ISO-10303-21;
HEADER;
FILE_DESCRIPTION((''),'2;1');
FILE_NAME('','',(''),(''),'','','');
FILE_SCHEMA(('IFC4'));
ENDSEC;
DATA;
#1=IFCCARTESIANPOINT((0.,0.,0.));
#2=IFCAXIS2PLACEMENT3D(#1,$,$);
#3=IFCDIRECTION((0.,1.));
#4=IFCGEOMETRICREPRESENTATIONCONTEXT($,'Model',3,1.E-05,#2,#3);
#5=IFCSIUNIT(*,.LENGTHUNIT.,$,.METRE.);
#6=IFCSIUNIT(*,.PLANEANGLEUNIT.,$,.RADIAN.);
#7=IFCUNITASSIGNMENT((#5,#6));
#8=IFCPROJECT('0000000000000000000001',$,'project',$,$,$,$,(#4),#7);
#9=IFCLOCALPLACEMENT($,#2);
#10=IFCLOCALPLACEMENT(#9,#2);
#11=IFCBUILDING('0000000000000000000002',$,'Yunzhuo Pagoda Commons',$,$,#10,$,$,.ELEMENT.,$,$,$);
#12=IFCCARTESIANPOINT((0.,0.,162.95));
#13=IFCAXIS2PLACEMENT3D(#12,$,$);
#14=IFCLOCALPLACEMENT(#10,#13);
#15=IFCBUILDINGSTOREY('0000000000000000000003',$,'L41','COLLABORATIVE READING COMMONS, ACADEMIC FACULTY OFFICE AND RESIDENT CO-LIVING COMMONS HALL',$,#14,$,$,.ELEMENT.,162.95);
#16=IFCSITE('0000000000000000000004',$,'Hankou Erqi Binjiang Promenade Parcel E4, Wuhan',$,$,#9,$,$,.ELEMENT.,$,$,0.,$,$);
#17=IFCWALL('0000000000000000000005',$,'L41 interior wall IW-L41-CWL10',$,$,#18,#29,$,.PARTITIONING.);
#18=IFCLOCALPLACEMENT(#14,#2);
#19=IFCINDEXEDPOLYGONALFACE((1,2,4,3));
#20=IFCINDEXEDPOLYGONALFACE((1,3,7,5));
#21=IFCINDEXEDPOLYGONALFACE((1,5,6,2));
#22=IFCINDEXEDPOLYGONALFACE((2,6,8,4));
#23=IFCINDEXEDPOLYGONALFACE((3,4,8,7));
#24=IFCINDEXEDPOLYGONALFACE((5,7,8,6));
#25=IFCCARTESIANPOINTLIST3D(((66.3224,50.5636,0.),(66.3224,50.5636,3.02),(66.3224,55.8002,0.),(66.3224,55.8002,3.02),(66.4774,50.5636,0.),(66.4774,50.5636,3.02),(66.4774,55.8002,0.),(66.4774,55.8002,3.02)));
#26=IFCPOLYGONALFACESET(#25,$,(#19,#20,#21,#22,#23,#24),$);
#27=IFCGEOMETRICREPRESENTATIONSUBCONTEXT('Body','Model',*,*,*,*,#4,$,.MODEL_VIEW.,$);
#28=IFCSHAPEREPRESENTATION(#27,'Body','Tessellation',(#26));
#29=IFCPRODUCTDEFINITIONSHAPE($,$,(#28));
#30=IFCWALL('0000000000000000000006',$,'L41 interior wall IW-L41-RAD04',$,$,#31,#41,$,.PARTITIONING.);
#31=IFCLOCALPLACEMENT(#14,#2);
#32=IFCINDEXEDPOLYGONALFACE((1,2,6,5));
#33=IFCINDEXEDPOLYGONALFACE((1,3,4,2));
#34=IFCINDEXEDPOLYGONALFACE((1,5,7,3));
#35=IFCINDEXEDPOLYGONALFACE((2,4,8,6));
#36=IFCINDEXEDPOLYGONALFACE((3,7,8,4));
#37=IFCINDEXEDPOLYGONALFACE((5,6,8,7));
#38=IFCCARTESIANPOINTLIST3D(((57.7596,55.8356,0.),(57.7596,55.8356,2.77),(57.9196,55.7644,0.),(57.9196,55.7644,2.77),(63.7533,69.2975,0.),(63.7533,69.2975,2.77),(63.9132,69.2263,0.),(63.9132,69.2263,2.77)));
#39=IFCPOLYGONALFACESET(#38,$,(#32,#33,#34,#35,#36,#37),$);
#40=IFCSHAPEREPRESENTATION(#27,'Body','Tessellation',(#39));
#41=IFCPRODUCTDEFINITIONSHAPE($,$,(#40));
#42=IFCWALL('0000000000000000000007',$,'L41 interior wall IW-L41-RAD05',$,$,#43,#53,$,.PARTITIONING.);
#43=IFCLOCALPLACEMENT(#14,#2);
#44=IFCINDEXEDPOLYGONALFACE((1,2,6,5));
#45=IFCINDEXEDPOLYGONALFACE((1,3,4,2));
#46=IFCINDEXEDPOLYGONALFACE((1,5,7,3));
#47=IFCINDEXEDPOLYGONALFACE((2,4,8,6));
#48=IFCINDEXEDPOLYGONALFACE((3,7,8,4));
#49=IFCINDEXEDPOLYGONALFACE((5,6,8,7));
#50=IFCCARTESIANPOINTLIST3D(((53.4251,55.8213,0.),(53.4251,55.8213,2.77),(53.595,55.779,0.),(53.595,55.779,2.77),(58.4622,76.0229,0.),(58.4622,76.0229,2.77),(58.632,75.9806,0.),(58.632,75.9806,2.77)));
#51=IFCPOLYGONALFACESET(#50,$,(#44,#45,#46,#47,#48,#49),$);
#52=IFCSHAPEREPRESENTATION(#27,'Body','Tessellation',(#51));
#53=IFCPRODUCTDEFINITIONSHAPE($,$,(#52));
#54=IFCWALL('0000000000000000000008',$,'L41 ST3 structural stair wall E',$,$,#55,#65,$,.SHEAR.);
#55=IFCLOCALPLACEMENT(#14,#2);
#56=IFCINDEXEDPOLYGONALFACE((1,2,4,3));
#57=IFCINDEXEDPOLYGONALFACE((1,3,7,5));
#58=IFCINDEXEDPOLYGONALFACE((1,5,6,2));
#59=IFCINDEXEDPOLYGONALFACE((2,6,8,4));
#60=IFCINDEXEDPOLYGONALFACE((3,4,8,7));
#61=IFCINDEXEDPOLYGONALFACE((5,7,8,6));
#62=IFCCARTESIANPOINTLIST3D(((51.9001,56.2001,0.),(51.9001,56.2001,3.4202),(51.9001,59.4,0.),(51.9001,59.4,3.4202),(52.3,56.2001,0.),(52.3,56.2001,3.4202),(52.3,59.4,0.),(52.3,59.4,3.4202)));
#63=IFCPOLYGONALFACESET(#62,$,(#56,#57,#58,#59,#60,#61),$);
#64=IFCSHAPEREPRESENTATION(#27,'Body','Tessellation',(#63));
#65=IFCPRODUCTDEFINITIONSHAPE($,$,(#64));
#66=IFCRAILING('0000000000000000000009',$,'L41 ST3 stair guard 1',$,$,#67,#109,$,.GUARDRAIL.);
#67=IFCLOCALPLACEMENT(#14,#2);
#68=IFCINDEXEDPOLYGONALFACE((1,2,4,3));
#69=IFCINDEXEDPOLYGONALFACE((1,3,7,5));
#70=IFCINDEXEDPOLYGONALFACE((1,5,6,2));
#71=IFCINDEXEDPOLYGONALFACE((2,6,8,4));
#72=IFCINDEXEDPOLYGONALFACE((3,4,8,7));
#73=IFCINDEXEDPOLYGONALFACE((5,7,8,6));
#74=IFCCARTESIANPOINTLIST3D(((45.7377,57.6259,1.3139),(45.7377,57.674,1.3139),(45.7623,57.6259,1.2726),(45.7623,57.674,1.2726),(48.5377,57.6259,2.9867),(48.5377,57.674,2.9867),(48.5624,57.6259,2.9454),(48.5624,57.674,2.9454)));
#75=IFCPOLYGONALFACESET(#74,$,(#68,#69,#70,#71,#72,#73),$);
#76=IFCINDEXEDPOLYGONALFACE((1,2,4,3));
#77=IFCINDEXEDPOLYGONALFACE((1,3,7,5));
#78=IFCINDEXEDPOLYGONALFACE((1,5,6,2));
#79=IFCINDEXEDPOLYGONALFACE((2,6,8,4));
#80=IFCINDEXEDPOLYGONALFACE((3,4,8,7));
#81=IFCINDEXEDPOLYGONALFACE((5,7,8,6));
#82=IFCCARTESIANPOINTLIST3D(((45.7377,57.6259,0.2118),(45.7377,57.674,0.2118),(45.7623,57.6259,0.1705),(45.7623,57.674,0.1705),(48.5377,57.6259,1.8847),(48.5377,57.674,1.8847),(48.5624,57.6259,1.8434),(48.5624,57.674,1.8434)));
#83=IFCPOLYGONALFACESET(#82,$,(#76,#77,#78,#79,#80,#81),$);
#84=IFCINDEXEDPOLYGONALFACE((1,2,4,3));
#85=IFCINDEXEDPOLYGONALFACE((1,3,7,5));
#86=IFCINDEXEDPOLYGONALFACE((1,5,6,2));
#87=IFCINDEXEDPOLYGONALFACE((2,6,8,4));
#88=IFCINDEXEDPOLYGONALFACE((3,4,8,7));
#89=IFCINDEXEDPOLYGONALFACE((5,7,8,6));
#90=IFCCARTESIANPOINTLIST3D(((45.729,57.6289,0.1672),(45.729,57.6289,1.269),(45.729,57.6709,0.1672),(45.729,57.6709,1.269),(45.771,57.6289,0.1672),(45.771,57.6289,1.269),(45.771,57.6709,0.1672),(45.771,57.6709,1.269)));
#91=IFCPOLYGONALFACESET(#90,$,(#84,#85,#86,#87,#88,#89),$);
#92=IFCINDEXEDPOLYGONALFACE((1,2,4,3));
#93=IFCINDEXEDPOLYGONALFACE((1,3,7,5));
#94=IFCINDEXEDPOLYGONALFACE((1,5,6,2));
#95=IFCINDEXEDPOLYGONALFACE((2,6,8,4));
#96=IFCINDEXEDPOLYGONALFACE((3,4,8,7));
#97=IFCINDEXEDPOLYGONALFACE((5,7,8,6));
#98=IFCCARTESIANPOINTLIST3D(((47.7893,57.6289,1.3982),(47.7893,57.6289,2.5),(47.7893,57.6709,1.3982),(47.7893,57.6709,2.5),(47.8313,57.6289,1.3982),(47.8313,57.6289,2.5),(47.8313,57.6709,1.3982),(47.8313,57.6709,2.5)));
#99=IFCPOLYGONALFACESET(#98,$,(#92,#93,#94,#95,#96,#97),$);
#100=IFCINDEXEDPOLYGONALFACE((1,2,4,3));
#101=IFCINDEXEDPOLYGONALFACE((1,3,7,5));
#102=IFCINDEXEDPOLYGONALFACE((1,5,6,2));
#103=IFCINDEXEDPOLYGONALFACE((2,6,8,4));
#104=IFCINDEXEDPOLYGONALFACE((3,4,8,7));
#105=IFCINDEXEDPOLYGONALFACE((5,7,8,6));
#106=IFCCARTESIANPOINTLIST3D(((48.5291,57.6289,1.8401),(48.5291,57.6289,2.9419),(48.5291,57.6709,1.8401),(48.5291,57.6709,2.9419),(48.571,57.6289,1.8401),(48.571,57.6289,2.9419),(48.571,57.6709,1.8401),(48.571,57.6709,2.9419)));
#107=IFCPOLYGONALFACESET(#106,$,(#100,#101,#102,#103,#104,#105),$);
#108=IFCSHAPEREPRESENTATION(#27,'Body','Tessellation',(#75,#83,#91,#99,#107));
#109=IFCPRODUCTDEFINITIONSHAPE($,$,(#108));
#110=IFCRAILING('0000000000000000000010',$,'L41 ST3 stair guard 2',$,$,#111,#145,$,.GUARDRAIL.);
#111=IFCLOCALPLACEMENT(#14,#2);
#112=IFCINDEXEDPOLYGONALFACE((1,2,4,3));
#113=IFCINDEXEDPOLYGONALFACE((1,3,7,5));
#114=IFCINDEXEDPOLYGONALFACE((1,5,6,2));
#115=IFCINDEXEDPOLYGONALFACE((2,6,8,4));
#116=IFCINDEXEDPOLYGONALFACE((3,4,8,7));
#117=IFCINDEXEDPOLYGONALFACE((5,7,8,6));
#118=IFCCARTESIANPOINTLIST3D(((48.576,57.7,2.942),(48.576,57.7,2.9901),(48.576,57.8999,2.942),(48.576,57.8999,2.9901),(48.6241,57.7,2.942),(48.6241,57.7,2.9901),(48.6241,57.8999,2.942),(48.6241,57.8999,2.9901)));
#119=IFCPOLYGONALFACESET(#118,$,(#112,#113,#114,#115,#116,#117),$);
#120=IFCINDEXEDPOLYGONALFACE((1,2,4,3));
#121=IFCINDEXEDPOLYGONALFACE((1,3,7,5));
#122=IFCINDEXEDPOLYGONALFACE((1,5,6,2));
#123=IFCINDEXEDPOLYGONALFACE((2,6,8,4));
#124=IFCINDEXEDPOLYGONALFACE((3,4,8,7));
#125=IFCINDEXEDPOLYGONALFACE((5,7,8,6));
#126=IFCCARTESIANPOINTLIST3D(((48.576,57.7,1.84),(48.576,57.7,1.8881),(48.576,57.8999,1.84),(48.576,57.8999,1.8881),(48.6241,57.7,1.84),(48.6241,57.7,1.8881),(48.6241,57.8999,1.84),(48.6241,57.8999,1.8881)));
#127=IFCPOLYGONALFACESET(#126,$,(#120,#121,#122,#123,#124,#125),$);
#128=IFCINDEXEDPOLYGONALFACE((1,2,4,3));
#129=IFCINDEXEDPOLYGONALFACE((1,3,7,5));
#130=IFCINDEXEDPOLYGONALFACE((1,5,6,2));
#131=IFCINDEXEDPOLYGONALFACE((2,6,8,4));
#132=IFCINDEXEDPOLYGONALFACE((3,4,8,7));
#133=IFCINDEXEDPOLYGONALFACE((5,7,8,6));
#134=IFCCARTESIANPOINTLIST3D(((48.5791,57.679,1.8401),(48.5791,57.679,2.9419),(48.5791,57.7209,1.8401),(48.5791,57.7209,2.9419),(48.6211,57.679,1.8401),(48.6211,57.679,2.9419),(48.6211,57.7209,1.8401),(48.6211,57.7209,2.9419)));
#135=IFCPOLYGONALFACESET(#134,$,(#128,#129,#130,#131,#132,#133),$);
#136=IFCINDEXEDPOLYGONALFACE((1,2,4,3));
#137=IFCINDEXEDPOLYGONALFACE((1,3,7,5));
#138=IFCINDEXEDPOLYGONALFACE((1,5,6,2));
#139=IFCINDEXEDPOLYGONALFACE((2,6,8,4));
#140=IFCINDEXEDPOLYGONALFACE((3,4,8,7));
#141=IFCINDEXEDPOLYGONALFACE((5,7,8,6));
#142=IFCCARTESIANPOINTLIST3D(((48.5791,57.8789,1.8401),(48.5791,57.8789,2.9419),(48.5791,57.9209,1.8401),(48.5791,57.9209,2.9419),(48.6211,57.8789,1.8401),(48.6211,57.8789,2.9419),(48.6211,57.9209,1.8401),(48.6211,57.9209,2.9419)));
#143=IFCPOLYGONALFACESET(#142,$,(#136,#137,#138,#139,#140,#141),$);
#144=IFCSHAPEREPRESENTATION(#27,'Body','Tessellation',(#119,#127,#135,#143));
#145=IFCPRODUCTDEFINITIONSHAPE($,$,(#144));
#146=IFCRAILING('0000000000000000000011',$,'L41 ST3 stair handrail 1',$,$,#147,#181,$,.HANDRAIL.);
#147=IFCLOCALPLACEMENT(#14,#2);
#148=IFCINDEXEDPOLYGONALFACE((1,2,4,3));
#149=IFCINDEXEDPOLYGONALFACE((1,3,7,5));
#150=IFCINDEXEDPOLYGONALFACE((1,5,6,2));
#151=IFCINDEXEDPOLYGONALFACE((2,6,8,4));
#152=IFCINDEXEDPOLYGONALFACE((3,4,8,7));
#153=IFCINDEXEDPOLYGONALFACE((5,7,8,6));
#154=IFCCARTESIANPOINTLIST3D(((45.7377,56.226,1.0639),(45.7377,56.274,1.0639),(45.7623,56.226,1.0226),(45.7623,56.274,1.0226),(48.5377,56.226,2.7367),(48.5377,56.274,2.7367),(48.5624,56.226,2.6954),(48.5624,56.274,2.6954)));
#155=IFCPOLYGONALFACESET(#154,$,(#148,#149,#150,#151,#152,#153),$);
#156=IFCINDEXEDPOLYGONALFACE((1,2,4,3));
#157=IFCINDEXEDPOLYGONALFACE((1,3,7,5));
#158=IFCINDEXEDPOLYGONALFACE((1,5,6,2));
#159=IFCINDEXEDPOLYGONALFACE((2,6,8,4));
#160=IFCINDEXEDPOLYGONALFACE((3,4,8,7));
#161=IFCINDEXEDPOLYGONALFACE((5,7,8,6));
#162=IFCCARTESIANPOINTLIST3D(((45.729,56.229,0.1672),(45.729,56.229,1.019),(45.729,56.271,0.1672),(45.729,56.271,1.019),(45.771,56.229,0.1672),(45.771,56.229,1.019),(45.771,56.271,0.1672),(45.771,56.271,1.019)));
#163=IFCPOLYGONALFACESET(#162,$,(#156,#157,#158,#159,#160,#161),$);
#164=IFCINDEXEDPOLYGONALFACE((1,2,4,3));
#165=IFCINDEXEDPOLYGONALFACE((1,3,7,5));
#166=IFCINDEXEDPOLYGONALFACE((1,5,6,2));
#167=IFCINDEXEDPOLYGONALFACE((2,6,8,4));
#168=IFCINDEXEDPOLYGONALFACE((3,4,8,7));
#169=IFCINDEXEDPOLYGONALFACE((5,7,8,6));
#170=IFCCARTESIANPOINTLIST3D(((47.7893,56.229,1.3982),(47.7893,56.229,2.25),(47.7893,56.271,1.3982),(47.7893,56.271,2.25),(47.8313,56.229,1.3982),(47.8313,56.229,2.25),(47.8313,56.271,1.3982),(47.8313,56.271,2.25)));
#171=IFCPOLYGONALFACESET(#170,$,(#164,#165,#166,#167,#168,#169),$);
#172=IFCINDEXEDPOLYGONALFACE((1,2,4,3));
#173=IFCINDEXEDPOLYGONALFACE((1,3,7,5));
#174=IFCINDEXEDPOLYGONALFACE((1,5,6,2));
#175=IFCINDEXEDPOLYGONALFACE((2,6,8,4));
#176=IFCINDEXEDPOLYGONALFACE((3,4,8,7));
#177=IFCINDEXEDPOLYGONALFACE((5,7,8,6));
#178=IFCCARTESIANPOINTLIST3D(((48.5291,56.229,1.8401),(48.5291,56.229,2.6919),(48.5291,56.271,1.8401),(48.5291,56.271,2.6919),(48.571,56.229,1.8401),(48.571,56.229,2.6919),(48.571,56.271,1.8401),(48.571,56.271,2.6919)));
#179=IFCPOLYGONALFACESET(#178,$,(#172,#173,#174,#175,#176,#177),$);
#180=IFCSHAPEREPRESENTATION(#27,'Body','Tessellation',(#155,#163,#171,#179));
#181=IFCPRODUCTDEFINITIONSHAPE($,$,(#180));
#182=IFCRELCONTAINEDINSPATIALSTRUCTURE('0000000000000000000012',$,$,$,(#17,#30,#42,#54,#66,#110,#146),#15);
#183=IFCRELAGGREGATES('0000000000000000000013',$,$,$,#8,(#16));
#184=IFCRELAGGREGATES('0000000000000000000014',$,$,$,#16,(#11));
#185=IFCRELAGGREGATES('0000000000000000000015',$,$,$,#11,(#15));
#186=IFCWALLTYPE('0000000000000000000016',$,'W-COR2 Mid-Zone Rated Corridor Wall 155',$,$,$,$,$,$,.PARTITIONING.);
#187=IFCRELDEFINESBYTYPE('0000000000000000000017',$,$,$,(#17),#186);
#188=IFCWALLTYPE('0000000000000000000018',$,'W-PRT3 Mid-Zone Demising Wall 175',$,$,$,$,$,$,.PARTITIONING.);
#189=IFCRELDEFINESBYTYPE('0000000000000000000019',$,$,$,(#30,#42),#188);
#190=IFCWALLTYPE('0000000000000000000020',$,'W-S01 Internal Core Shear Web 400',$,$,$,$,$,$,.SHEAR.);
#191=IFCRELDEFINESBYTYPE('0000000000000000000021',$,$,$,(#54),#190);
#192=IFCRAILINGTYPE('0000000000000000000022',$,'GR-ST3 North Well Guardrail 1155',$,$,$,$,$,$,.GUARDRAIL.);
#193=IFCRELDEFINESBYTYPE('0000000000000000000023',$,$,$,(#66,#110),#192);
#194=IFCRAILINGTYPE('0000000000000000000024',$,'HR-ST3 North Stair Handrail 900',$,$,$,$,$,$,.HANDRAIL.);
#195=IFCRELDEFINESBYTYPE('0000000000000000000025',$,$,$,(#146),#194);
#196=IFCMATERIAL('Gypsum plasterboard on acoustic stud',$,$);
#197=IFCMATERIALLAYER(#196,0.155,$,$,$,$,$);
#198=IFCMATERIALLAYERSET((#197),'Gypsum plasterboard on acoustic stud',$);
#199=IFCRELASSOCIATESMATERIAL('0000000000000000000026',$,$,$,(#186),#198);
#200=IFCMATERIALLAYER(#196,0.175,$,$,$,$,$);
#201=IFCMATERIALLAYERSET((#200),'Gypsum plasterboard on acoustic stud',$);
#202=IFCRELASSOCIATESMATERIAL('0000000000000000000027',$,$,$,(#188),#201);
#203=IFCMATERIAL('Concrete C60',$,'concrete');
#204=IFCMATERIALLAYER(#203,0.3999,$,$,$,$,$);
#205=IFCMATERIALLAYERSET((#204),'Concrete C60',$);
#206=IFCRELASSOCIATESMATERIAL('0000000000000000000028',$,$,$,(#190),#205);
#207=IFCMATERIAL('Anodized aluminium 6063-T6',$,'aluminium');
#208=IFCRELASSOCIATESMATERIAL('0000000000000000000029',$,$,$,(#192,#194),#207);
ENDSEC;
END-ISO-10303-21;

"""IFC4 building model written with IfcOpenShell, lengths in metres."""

from ifc_helpers import new_model, si_unit, direction, frame, frame_2d, origin, origin_2d, place, context, subcontext, project, spatial, rectangle, extrude, material, layer, layer_set, type_object, element, save


model = new_model("IFC4")

# Units and contexts
model_context = context("Model", 3, precision=1e-05, world=origin(), true_north=direction((0.0, 1.0)))
body_context = subcontext(model_context, "Body", "Model", "MODEL_VIEW")
ifc_project = project(units=[si_unit("LENGTHUNIT", "METRE"), si_unit("PLANEANGLEUNIT", "RADIAN")], contexts=[model_context])

# Site, building, storey
site_placement = place(None, origin())
site = spatial("IfcSite", under=ifc_project, at=site_placement, Name="Hankou Erqi Binjiang Promenade Parcel E4, Wuhan", CompositionType="ELEMENT", RefElevation=0.0)
building_placement = place(site_placement, origin())
building = spatial("IfcBuilding", under=site, at=building_placement, Name="Yunzhuo Pagoda Commons", CompositionType="ELEMENT")
storey_placement = place(building_placement, frame((0.0, 0.0, 162.95)))
storey = spatial("IfcBuildingStorey", under=building, at=storey_placement, Name="L41", Description="COLLABORATIVE READING COMMONS, ACADEMIC FACULTY OFFICE AND RESIDENT CO-LIVING COMMONS HALL", CompositionType="ELEMENT", Elevation=162.95)

# Shared definitions
ifc_material_1 = material(Name="Anodized aluminium 6063-T6", Category="aluminium")

# Shared definitions
ifc_material_2 = material(Name="Gypsum plasterboard on acoustic stud")
ifc_layer_1 = layer(ifc_material_2, 0.155)
ifc_layer_set_1 = layer_set([ifc_layer_1], Name="Gypsum plasterboard on acoustic stud")
wall_type_1 = type_object("IfcWallType", Name="W-COR2 Mid-Zone Rated Corridor Wall 155", PredefinedType="PARTITIONING", material=ifc_layer_set_1)

# Walls
wall_1_placement = place(storey_placement, frame((66.3999, 55.8, 0.0), z_axis=(0.0, 0.0, 1.0), x_axis=(0.0, -1.0, 0.0)))
element("IfcWall", 1, at=wall_1_placement, inside=storey, type_object=wall_type_1, Name="L41 interior wall IW-L41-CWL10", PredefinedType="PARTITIONING", context=body_context, shape_type="SweptSolid", body=[
    extrude(rectangle(XDim=5.2366, YDim=0.155, at=frame_2d((2.6182, 0.0))), origin(), (0.0, 0.0, 1.0), 3.02),
])
ifc_layer_2 = layer(ifc_material_2, 0.175)
ifc_layer_set_2 = layer_set([ifc_layer_2], Name="Gypsum plasterboard on acoustic stud")
wall_type_2 = type_object("IfcWallType", Name="W-PRT3 Mid-Zone Demising Wall 175", PredefinedType="PARTITIONING", material=ifc_layer_set_2)
wall_2_placement = place(storey_placement, frame((57.8396, 55.8, 0.0), z_axis=(0.0, 0.0, 1.0), x_axis=(0.406738, 0.913545, 0.0)))
element("IfcWall", 2, at=wall_2_placement, inside=storey, type_object=wall_type_2, Name="L41 interior wall IW-L41-RAD04", PredefinedType="PARTITIONING", context=body_context, shape_type="SweptSolid", body=[
    extrude(rectangle(XDim=14.7358, YDim=0.175, at=frame_2d((7.3679, 0.0))), origin(), (0.0, 0.0, 1.0), 2.77),
])
wall_3_placement = place(storey_placement, frame((53.51, 55.8, 0.0), z_axis=(0.0, 0.0, 1.0), x_axis=(0.241934, 0.970293, 0.0)))
element("IfcWall", 3, at=wall_3_placement, inside=storey, type_object=wall_type_2, Name="L41 interior wall IW-L41-RAD05", PredefinedType="PARTITIONING", context=body_context, shape_type="SweptSolid", body=[
    extrude(rectangle(XDim=20.8201, YDim=0.175, at=frame_2d((10.4102, 0.0))), origin(), (0.0, 0.0, 1.0), 2.77),
])
ifc_material_3 = material(Name="Concrete C60", Category="concrete")
ifc_layer_3 = layer(ifc_material_3, 0.3999)
ifc_layer_set_3 = layer_set([ifc_layer_3], Name="Concrete C60")
wall_type_3 = type_object("IfcWallType", Name="W-S01 Internal Core Shear Web 400", PredefinedType="SHEAR", material=ifc_layer_set_3)
wall_4_placement = place(storey_placement, frame((52.1001, 56.2, 0.0), z_axis=(0.0, 0.0, 1.0), x_axis=(0.0, 1.0, 0.0)))
element("IfcWall", 4, at=wall_4_placement, inside=storey, type_object=wall_type_3, Name="L41 ST3 structural stair wall E", PredefinedType="SHEAR", context=body_context, shape_type="SweptSolid", body=[
    extrude(rectangle(XDim=3.2, YDim=0.3999, at=frame_2d((1.6001, 0.0))), origin(), (0.0, 0.0, 1.0), 3.4202),
])

# Railings
railing_type_1 = type_object("IfcRailingType", Name="GR-ST3 North Well Guardrail 1155", PredefinedType="GUARDRAIL", material=ifc_material_1)
railing_1_placement = place(storey_placement, frame((45.75, 57.6499, 0.1672)))
element("IfcRailing", 5, at=railing_1_placement, inside=storey, type_object=railing_type_1, Name="L41 ST3 stair guard 1", PredefinedType="GUARDRAIL", context=body_context, shape_type="SweptSolid", body=[
    extrude(rectangle(XDim=0.0481, YDim=0.0481, at=origin_2d()), frame((0.0, 0.0, 1.126), z_axis=(0.858462, 0.0, 0.512877), x_axis=(0.0, 1.0, 0.0)), (0.0, 0.0, 1.0), 3.2617),
    extrude(rectangle(XDim=0.0481, YDim=0.0481, at=origin_2d()), frame((0.0, 0.0, 0.0239), z_axis=(0.858462, 0.0, 0.512877), x_axis=(0.0, 1.0, 0.0)), (0.0, 0.0, 1.0), 3.2617),
    extrude(rectangle(XDim=0.042, YDim=0.042, at=origin_2d()), origin(), (0.0, 0.0, 1.0), 1.1018),
    extrude(rectangle(XDim=0.042, YDim=0.042, at=origin_2d()), frame((2.0603, 0.0, 1.231)), (0.0, 0.0, 1.0), 1.1018),
    extrude(rectangle(XDim=0.042, YDim=0.042, at=origin_2d()), frame((2.8, 0.0, 1.6729)), (0.0, 0.0, 1.0), 1.1018),
])
railing_2_placement = place(storey_placement, frame((48.6001, 57.7, 1.8401)))
element("IfcRailing", 6, at=railing_2_placement, inside=storey, type_object=railing_type_1, Name="L41 ST3 stair guard 2", PredefinedType="GUARDRAIL", context=body_context, shape_type="SweptSolid", body=[
    extrude(rectangle(XDim=0.0481, YDim=0.0481, at=origin_2d()), frame((0.0, 0.0, 1.126), z_axis=(0.0, 1.0, 0.0), x_axis=(-1.0, 0.0, 0.0)), (0.0, 0.0, 1.0), 0.2),
    extrude(rectangle(XDim=0.0481, YDim=0.0481, at=origin_2d()), frame((0.0, 0.0, 0.0239), z_axis=(0.0, 1.0, 0.0), x_axis=(-1.0, 0.0, 0.0)), (0.0, 0.0, 1.0), 0.2),
    extrude(rectangle(XDim=0.042, YDim=0.042, at=origin_2d()), origin(), (0.0, 0.0, 1.0), 1.1018),
    extrude(rectangle(XDim=0.042, YDim=0.042, at=origin_2d()), frame((0.0, 0.2, 0.0)), (0.0, 0.0, 1.0), 1.1018),
])
railing_type_2 = type_object("IfcRailingType", Name="HR-ST3 North Stair Handrail 900", PredefinedType="HANDRAIL", material=ifc_material_1)
railing_3_placement = place(storey_placement, frame((45.75, 56.25, 0.1672)))
element("IfcRailing", 7, at=railing_3_placement, inside=storey, type_object=railing_type_2, Name="L41 ST3 stair handrail 1", PredefinedType="HANDRAIL", context=body_context, shape_type="SweptSolid", body=[
    extrude(rectangle(XDim=0.0481, YDim=0.0481, at=origin_2d()), frame((0.0, 0.0, 0.876), z_axis=(0.858462, 0.0, 0.512877), x_axis=(0.0, 1.0, 0.0)), (0.0, 0.0, 1.0), 3.2617),
    extrude(rectangle(XDim=0.042, YDim=0.042, at=origin_2d()), origin(), (0.0, 0.0, 1.0), 0.8518),
    extrude(rectangle(XDim=0.042, YDim=0.042, at=origin_2d()), frame((2.0603, 0.0, 1.231)), (0.0, 0.0, 1.0), 0.8518),
    extrude(rectangle(XDim=0.042, YDim=0.042, at=origin_2d()), frame((2.8, 0.0, 1.6729)), (0.0, 0.0, 1.0), 0.8518),
])

save(model, "model.ifc")
